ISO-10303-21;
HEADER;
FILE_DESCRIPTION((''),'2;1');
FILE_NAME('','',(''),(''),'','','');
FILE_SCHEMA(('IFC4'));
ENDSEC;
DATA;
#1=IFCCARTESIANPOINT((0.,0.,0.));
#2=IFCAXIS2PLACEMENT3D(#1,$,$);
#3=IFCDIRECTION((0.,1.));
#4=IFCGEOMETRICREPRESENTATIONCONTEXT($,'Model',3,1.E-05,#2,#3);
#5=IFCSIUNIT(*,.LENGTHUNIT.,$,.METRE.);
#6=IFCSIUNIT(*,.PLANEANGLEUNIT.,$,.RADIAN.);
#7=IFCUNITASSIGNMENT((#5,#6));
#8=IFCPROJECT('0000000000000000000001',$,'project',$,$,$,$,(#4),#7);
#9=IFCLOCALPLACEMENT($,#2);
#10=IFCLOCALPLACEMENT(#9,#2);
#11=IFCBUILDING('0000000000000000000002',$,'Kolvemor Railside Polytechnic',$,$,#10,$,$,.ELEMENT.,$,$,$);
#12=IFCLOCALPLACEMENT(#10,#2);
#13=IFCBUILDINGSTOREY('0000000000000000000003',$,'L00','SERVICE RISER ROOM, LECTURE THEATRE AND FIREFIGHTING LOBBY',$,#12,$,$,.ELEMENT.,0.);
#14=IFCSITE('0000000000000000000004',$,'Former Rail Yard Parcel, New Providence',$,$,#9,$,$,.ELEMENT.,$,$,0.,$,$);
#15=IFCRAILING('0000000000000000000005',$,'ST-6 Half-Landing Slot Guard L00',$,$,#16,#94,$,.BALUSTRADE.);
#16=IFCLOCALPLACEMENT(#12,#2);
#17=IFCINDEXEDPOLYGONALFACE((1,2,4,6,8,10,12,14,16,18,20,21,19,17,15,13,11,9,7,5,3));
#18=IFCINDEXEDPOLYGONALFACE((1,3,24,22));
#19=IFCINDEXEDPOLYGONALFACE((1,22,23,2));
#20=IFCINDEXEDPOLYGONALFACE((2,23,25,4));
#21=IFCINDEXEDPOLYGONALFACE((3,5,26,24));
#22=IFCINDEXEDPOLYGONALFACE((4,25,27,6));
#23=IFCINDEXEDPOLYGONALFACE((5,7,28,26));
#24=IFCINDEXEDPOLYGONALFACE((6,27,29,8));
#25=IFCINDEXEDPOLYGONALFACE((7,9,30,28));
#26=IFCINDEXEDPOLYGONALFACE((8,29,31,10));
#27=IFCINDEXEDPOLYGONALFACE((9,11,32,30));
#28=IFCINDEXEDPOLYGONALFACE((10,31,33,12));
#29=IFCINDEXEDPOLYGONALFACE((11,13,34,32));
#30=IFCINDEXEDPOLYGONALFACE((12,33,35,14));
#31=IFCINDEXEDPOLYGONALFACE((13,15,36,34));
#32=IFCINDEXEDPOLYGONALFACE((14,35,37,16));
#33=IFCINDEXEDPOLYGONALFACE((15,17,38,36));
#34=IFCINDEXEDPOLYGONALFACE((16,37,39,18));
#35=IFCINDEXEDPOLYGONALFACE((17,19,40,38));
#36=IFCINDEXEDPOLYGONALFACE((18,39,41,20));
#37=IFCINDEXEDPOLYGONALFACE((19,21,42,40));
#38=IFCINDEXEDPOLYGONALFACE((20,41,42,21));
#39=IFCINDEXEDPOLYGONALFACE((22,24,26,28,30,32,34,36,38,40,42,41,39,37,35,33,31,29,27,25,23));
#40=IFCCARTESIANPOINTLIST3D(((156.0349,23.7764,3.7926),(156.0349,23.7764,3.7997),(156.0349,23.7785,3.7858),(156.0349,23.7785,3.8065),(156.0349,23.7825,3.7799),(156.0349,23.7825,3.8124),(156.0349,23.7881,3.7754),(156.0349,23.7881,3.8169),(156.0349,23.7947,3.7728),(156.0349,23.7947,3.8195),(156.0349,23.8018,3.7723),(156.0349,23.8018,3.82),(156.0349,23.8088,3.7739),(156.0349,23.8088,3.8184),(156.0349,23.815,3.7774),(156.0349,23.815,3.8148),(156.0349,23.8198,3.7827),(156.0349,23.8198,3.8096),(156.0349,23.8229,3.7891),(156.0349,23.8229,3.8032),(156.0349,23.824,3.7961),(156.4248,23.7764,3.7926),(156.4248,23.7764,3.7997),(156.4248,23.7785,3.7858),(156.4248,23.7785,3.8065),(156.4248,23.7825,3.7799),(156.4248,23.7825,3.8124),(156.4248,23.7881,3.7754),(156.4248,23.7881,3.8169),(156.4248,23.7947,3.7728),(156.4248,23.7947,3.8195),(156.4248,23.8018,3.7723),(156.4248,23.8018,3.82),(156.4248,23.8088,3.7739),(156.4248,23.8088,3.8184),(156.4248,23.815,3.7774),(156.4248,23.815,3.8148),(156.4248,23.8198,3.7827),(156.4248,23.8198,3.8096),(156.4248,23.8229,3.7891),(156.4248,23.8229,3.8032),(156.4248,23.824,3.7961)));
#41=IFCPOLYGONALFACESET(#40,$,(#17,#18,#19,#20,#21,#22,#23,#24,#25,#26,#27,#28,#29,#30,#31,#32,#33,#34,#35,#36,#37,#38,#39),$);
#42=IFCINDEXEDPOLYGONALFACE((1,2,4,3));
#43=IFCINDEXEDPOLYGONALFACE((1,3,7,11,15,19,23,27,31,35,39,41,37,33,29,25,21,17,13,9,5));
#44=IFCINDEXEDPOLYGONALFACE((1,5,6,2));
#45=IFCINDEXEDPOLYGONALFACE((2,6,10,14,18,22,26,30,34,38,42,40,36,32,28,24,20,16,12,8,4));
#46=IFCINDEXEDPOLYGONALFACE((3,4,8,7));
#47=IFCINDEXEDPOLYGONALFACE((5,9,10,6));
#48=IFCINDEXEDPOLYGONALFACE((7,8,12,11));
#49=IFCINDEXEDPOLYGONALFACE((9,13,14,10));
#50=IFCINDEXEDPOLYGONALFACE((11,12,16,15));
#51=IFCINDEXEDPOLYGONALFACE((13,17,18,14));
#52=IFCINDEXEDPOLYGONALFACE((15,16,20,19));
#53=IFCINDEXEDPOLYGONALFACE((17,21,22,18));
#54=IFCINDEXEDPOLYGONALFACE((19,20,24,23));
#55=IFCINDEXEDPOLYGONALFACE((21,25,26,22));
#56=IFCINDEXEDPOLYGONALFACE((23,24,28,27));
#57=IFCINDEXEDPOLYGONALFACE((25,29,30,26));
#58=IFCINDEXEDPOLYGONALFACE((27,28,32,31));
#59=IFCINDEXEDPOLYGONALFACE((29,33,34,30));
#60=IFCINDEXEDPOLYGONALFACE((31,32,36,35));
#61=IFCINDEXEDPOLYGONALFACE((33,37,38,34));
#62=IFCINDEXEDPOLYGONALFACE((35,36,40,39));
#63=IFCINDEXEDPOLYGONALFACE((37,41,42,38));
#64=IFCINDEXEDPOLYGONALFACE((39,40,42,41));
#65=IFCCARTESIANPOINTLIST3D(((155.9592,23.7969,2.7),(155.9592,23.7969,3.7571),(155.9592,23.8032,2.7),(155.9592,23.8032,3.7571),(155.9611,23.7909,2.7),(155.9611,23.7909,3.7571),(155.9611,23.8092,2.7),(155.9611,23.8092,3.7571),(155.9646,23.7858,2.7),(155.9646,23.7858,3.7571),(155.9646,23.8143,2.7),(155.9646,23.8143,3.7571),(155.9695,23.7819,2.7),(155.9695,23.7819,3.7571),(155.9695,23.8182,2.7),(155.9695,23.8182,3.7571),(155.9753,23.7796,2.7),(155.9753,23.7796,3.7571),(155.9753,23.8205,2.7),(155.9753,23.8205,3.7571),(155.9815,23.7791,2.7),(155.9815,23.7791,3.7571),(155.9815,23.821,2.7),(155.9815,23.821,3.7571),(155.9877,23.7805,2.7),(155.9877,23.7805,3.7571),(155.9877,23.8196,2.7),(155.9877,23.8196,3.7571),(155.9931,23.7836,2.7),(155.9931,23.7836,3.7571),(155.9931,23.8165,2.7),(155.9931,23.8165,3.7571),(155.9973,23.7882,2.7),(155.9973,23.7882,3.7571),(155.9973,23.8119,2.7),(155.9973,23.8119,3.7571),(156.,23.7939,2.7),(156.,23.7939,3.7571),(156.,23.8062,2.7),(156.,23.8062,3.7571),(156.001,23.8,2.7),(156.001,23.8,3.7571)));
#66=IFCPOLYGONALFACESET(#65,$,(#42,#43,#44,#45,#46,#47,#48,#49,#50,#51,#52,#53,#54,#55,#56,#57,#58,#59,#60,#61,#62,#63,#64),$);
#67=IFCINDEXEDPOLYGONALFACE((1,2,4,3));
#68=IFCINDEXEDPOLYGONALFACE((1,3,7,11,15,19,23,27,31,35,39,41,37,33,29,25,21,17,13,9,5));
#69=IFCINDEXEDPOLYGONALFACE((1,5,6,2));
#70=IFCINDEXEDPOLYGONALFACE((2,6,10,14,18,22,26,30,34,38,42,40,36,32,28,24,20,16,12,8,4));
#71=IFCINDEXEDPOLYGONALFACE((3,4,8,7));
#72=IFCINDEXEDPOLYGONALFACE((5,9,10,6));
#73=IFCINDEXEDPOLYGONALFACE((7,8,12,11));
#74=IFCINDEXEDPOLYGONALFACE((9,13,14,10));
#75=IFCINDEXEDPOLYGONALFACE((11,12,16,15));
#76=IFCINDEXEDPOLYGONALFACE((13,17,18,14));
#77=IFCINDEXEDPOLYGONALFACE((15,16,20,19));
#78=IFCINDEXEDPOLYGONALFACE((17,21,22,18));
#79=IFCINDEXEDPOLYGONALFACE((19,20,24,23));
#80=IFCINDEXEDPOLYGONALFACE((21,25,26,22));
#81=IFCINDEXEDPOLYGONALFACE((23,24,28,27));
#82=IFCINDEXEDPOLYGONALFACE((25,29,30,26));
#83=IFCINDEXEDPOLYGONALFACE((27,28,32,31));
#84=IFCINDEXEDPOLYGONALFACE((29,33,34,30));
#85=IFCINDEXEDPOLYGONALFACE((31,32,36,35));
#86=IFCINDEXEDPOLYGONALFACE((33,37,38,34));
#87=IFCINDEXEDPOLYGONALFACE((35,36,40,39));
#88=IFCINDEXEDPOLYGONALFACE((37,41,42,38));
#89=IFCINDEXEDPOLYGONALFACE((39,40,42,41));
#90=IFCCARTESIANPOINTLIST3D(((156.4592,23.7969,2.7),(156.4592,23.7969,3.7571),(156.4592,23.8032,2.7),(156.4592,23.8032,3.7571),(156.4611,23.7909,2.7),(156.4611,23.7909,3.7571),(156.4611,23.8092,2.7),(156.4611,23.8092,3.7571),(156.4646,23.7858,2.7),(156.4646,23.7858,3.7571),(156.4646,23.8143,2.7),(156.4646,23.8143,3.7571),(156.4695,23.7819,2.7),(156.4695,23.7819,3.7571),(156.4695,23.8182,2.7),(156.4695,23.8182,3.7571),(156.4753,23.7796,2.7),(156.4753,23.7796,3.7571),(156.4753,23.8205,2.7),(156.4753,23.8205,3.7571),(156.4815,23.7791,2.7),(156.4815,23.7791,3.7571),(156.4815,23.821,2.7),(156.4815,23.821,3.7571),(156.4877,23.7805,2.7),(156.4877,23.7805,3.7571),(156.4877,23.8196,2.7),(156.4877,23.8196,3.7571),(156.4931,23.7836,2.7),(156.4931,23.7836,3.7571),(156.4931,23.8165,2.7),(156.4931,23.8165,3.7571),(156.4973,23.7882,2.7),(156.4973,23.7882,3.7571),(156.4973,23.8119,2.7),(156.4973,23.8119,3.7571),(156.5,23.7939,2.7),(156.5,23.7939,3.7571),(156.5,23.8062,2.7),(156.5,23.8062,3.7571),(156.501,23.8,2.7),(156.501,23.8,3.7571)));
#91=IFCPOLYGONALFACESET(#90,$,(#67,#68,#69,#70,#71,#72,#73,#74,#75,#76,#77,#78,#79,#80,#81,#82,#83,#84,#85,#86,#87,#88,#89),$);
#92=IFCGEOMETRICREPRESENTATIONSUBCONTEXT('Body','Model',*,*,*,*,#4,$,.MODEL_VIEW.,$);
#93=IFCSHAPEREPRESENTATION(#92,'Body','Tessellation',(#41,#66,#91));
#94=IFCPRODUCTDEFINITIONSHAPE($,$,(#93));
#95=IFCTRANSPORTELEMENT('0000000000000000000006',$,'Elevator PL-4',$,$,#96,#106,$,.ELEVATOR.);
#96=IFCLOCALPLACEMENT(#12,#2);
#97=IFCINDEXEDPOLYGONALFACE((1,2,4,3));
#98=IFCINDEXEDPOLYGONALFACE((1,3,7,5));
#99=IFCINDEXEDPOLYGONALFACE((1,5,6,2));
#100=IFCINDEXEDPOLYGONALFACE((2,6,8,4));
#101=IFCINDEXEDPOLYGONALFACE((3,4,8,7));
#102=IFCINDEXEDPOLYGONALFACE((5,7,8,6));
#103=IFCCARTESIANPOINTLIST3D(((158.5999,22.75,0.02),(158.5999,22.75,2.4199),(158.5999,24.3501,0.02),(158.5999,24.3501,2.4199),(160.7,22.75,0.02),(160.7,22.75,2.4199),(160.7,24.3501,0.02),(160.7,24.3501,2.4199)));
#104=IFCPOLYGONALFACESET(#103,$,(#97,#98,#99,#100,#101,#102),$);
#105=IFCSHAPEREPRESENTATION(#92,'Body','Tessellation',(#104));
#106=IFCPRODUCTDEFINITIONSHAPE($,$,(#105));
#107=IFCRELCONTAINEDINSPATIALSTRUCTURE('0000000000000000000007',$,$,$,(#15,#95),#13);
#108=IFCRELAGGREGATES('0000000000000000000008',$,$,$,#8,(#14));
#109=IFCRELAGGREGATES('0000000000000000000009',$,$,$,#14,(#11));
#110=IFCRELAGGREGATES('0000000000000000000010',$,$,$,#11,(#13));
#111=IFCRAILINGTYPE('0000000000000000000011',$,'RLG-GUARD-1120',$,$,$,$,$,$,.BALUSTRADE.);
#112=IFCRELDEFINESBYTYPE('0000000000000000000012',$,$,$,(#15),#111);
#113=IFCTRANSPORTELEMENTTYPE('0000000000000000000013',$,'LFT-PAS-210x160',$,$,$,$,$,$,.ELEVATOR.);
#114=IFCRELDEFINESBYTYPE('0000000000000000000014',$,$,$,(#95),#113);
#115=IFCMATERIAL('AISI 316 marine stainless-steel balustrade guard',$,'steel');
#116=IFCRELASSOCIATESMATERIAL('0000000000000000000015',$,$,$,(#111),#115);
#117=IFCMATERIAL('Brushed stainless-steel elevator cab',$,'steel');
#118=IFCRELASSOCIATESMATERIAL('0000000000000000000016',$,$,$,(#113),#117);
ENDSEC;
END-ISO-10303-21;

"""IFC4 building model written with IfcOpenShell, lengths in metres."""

from ifc_helpers import new_model, si_unit, direction, frame, origin, origin_2d, place, context, subcontext, project, spatial, rectangle, circle, extrude, material, type_object, element, save


model = new_model("IFC4")

# Units and contexts
model_context = context("Model", 3, precision=1e-05, world=origin(), true_north=direction((0.0, 1.0)))
body_context = subcontext(model_context, "Body", "Model", "MODEL_VIEW")
ifc_project = project(units=[si_unit("LENGTHUNIT", "METRE"), si_unit("PLANEANGLEUNIT", "RADIAN")], contexts=[model_context])

# Site, building, storey
site_placement = place(None, origin())
site = spatial("IfcSite", under=ifc_project, at=site_placement, Name="Former Rail Yard Parcel, New Providence", CompositionType="ELEMENT", RefElevation=0.0)
building_placement = place(site_placement, origin())
building = spatial("IfcBuilding", under=site, at=building_placement, Name="Kolvemor Railside Polytechnic", CompositionType="ELEMENT")
storey_placement = place(building_placement, origin())
storey = spatial("IfcBuildingStorey", under=building, at=storey_placement, Name="L00", Description="SERVICE RISER ROOM, LECTURE THEATRE AND FIREFIGHTING LOBBY", CompositionType="ELEMENT", Elevation=0.0)

# Railing
ifc_material_1 = material(Name="AISI 316 marine stainless-steel balustrade guard", Category="steel")
railing_type_1 = type_object("IfcRailingType", Name="RLG-GUARD-1120", PredefinedType="BALUSTRADE", material=ifc_material_1)
railing_1_placement = place(storey_placement, frame((155.98, 23.8, 2.7)))
element("IfcRailing", 1, at=railing_1_placement, inside=storey, type_object=railing_type_1, Name="ST-6 Half-Landing Slot Guard L00", PredefinedType="BALUSTRADE", context=body_context, shape_type="SweptSolid", body=[
    extrude(circle(Radius=0.0239, at=origin_2d()), frame((0.0549, 0.0, 1.0962), z_axis=(1.0, 0.0, 0.0), x_axis=(0.0, 1.0, 0.0)), (0.0, 0.0, 1.0), 0.3899),
    extrude(circle(Radius=0.021, at=origin_2d()), origin(), (0.0, 0.0, 1.0), 1.0571),
    extrude(circle(Radius=0.021, at=origin_2d()), frame((0.5, 0.0, 0.0)), (0.0, 0.0, 1.0), 1.0571),
])

# Transport element
ifc_material_2 = material(Name="Brushed stainless-steel elevator cab", Category="steel")
transport_element_type = type_object("IfcTransportElementType", Name="LFT-PAS-210x160", PredefinedType="ELEVATOR", material=ifc_material_2)
transport_element_placement = place(storey_placement, frame((159.6499, 23.55, 0.02), z_axis=(0.0, 0.0, 1.0), x_axis=(1.0, 0.0, 0.0)))
element("IfcTransportElement", 2, at=transport_element_placement, inside=storey, type_object=transport_element_type, Name="Elevator PL-4", PredefinedType="ELEVATOR", context=body_context, shape_type="SweptSolid", body=[
    extrude(rectangle(XDim=2.1001, YDim=1.6001, at=origin_2d()), origin(), (0.0, 0.0, 1.0), 2.3999),
])

save(model, "model.ifc")
